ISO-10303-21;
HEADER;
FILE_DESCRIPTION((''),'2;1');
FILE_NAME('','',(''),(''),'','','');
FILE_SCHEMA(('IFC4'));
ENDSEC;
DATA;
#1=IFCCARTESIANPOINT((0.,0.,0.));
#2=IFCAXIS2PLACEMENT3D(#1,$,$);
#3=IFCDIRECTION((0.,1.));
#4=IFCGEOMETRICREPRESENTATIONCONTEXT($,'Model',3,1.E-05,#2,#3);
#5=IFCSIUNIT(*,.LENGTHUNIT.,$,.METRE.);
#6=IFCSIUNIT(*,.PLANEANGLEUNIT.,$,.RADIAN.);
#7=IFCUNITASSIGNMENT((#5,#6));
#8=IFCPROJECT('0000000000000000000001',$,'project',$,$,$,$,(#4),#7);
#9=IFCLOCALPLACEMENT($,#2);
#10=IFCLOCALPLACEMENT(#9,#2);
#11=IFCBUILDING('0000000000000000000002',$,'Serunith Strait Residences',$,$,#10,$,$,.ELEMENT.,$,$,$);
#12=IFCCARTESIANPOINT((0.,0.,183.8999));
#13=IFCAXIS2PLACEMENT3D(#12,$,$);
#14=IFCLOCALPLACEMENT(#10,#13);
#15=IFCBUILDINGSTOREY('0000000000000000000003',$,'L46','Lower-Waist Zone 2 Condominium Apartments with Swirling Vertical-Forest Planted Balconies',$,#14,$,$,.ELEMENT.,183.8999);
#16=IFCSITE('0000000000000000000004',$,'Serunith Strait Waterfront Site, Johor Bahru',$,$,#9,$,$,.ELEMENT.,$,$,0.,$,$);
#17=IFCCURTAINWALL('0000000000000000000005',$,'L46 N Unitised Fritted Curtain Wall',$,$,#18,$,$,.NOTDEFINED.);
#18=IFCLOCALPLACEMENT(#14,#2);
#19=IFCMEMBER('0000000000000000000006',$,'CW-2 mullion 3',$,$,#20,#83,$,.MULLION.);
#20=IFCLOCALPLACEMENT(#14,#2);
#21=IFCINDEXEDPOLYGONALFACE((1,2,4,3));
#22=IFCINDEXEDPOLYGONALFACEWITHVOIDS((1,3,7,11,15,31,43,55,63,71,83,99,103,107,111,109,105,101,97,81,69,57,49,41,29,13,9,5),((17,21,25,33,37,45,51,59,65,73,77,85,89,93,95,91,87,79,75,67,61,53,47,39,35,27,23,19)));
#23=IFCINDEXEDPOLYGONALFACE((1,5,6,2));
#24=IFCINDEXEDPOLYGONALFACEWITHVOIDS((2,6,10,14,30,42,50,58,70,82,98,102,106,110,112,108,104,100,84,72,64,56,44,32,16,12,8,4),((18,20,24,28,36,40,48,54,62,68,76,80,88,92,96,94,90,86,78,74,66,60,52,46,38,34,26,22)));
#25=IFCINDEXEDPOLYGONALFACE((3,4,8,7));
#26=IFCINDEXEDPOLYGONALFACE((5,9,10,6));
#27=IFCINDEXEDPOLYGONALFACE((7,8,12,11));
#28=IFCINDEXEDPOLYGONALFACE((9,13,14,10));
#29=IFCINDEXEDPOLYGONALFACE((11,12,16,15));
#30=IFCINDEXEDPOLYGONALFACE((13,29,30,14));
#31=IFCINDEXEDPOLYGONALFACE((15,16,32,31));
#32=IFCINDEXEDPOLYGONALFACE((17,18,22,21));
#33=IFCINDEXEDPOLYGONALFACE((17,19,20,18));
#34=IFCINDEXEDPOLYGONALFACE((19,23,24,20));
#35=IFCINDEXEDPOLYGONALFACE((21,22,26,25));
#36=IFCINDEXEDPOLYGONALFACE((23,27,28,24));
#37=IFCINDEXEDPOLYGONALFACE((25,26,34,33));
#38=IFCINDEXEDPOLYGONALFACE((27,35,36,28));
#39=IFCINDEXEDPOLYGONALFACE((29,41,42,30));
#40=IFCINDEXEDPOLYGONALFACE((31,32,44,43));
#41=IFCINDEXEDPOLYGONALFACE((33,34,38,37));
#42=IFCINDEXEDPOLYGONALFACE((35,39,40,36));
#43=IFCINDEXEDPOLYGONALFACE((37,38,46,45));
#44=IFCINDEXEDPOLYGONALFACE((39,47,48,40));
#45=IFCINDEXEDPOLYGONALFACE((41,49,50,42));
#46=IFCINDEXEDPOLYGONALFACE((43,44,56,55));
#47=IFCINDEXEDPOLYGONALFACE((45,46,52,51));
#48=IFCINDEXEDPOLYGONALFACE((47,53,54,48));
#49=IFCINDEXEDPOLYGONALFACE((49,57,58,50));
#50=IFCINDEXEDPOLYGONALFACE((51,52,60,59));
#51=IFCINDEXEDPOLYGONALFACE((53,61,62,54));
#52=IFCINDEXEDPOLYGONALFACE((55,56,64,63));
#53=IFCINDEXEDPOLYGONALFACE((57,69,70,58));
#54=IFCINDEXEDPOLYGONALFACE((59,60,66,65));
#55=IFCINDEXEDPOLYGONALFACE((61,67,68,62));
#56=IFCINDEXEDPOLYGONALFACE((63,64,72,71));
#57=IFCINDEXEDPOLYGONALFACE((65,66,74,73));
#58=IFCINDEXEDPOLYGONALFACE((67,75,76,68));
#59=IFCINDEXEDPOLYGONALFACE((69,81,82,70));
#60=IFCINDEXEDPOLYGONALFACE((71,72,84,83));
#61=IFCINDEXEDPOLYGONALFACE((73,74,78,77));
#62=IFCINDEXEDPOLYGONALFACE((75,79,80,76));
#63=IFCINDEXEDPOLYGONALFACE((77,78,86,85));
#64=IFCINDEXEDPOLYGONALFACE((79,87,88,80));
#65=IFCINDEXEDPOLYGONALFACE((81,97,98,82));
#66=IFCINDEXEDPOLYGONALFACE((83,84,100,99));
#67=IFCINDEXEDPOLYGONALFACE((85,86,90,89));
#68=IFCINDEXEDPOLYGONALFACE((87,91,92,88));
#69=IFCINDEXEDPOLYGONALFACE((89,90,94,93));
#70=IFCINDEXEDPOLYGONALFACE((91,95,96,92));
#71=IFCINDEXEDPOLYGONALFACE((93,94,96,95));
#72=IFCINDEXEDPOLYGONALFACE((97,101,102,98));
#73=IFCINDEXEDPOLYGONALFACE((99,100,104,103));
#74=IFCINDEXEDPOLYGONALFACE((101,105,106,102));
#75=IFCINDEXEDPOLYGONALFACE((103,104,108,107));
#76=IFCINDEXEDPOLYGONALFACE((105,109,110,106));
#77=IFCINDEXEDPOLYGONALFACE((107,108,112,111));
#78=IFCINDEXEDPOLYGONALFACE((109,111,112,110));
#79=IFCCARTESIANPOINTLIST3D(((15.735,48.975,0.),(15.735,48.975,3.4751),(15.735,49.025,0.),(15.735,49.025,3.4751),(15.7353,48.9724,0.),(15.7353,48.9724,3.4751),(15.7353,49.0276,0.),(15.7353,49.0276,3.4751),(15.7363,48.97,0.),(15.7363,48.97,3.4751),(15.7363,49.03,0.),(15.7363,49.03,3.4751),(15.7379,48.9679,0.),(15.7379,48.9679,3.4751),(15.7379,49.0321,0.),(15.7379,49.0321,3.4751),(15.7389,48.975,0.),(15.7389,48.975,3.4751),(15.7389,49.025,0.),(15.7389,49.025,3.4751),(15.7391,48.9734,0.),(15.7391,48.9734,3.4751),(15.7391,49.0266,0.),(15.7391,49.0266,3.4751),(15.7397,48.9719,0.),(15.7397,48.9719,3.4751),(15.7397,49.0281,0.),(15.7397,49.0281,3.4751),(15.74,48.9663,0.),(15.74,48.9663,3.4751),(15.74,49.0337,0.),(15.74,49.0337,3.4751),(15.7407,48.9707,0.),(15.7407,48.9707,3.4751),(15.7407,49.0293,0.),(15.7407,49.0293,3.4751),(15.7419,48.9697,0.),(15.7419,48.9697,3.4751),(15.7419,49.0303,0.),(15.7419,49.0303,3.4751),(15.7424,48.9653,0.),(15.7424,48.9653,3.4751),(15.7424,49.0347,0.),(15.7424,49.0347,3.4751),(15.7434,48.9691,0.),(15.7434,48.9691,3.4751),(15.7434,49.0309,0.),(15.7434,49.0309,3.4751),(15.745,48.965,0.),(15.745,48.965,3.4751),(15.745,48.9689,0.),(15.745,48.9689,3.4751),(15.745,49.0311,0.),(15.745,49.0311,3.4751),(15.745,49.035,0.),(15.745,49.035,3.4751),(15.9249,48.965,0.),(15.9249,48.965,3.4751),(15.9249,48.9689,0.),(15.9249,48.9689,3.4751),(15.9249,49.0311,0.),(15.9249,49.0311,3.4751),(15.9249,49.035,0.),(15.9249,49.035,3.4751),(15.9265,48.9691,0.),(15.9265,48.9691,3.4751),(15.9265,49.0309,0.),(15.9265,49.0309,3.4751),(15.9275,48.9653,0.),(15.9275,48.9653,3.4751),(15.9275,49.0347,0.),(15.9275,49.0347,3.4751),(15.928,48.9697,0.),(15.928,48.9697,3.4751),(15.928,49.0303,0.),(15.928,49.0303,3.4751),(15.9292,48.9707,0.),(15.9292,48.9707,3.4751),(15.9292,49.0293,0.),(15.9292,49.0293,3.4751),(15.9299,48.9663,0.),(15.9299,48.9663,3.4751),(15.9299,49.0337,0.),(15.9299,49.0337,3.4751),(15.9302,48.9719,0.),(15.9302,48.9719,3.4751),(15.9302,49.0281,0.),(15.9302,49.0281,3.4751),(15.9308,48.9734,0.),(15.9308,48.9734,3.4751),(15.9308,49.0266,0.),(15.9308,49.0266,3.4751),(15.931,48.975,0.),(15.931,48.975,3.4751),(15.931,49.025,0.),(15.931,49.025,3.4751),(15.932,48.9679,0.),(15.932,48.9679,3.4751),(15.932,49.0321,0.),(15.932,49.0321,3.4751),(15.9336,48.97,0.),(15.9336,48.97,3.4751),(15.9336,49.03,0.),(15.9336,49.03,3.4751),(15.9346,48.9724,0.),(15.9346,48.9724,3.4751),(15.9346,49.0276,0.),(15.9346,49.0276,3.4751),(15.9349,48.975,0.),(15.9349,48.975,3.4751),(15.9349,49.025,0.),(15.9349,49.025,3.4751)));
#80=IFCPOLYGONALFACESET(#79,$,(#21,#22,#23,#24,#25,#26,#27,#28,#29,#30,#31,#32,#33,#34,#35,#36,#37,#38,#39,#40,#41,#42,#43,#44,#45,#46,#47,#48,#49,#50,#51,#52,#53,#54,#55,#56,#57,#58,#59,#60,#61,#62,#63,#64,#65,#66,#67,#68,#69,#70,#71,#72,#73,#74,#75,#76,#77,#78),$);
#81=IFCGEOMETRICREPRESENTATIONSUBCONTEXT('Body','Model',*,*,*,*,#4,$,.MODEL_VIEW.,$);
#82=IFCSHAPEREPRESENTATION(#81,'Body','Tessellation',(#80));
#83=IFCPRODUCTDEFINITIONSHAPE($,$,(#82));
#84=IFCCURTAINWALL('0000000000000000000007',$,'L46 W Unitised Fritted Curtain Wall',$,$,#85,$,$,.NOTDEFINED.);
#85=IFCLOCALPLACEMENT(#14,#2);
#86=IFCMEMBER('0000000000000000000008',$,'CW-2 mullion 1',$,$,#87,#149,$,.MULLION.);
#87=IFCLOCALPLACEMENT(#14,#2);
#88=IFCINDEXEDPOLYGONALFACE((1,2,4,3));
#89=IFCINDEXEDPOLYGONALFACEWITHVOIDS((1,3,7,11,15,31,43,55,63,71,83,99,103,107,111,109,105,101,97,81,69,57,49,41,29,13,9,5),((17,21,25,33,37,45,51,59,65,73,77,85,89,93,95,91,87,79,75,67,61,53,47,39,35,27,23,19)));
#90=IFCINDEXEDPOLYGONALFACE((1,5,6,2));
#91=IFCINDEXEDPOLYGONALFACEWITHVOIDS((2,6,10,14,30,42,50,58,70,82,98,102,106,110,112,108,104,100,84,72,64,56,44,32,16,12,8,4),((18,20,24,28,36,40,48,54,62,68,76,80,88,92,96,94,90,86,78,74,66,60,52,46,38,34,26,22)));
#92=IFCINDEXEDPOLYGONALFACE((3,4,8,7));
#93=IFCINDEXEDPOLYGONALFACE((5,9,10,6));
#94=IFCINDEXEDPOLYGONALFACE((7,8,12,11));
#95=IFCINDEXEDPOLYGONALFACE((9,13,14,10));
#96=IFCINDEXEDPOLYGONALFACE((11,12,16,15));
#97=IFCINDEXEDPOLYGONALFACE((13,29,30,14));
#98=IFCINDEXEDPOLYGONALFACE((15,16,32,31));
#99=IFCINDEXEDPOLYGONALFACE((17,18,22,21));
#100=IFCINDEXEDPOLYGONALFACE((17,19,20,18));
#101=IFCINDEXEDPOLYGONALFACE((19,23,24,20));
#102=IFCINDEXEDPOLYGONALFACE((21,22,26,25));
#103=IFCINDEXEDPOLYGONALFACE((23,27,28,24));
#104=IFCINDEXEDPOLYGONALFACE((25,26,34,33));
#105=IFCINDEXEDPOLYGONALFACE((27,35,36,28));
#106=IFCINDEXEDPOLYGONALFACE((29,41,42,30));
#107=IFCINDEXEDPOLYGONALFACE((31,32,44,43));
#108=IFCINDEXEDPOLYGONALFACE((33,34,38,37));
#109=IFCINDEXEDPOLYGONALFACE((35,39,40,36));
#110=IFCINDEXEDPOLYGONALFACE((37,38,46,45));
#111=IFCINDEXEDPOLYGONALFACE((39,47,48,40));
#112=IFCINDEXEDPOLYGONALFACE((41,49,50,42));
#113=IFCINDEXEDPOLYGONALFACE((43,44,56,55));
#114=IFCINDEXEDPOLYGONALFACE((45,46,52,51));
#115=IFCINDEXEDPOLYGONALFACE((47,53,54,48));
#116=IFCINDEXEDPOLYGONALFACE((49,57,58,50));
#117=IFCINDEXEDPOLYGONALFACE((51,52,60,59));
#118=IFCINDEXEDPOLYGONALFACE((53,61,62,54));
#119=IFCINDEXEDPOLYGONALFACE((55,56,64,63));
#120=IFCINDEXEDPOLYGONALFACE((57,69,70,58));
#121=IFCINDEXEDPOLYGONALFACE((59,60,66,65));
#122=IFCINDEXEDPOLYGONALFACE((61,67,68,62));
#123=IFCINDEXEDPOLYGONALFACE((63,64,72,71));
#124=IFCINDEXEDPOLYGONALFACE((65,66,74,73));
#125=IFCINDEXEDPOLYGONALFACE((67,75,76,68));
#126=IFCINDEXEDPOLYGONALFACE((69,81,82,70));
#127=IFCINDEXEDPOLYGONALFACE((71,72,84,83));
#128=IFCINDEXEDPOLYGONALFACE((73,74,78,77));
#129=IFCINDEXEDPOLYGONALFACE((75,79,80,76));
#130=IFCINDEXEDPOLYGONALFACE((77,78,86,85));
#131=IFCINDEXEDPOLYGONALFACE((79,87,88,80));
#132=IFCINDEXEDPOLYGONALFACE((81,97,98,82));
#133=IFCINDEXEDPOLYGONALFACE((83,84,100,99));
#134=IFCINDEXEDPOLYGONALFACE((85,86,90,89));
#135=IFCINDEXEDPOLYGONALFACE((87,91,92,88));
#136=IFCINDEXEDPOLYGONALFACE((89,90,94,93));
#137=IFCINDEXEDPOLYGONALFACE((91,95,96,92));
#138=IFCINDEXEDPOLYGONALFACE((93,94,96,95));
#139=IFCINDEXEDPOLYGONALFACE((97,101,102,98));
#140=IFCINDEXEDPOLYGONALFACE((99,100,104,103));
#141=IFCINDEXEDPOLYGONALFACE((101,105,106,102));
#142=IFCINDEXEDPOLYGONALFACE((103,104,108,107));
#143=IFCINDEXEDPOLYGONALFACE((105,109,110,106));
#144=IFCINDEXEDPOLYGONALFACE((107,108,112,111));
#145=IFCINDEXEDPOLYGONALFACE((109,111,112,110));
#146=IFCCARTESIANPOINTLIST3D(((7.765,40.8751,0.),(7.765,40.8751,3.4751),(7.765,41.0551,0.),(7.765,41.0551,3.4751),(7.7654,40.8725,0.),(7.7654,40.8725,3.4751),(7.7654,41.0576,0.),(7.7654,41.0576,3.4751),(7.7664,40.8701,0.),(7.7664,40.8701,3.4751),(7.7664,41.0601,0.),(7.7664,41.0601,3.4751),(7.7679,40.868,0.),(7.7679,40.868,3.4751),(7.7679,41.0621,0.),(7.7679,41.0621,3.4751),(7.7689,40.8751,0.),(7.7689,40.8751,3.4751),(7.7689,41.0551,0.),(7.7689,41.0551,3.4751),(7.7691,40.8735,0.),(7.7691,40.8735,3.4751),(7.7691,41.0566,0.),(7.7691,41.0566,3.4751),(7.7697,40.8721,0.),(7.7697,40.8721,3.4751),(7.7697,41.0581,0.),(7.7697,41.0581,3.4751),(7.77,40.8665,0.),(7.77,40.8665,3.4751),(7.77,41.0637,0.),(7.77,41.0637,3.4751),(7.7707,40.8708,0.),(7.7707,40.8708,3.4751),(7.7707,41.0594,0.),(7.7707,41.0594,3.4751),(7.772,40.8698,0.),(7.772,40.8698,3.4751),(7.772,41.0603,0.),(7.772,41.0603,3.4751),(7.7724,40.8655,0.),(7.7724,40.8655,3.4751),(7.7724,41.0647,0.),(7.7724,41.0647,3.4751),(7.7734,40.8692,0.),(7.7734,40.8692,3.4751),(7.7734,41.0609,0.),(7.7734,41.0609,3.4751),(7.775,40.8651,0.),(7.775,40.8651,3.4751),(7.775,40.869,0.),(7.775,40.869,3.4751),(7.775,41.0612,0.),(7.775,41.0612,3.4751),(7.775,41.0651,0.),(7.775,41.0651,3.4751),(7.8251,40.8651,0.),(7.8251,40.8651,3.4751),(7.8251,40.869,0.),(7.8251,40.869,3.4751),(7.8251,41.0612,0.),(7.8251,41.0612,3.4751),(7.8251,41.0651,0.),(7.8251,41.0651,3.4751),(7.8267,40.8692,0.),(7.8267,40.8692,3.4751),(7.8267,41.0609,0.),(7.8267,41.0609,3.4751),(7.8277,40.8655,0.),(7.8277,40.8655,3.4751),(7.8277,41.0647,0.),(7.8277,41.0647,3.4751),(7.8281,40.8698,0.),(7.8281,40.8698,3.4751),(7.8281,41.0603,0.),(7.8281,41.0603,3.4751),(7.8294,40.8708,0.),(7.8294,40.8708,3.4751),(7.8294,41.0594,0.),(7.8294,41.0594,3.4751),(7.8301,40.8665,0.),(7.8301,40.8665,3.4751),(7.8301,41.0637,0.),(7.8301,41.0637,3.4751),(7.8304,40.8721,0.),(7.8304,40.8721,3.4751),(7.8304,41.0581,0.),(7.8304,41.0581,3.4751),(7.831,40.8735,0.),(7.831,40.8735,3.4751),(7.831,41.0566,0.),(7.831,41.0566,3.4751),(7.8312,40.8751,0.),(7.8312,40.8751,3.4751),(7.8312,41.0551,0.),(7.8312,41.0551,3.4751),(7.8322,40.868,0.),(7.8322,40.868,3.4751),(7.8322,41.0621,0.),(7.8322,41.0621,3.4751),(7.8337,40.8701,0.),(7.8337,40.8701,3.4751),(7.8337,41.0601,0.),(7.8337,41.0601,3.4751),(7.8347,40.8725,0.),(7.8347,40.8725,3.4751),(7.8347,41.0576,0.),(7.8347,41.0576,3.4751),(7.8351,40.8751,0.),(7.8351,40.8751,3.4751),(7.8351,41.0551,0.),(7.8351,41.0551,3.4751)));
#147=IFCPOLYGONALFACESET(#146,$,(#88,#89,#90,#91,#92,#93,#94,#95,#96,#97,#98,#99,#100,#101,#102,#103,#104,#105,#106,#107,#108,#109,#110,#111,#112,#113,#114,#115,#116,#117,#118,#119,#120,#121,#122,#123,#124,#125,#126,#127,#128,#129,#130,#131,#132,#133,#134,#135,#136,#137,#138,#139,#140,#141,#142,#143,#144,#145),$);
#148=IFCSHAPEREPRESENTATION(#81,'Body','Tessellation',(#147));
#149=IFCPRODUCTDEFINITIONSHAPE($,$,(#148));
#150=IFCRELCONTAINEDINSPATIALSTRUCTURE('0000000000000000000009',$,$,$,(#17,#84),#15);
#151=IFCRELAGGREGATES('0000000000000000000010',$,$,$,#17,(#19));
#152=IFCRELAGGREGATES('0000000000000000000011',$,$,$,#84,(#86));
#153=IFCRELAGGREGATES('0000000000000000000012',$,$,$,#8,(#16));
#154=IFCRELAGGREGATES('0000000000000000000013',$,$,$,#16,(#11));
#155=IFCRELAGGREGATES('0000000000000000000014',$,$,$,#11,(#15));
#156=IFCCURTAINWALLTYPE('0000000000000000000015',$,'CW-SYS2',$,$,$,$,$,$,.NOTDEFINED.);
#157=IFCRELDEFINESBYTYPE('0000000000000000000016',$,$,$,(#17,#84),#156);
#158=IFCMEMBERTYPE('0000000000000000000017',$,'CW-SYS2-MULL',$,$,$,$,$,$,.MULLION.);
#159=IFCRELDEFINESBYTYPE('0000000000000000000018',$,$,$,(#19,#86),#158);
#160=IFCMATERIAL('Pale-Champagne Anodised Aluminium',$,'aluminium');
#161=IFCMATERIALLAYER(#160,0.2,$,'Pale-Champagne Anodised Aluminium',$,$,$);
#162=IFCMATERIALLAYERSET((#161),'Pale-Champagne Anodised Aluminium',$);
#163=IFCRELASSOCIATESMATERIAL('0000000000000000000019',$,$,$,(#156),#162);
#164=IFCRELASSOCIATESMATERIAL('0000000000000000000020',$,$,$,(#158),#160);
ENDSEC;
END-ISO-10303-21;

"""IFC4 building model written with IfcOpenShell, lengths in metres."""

from ifc_helpers import new_model, si_unit, direction, frame, origin, origin_2d, place, context, subcontext, project, spatial, hollow_rectangle, extrude, source, transform, mapped, material, layer, layer_set, material_profile, profile_set, type_object, element, aggregate, save


model = new_model("IFC4")

# Units and contexts
model_context = context("Model", 3, precision=1e-05, world=origin(), true_north=direction((0.0, 1.0)))
body_context = subcontext(model_context, "Body", "Model", "MODEL_VIEW")
ifc_project = project(units=[si_unit("LENGTHUNIT", "METRE"), si_unit("PLANEANGLEUNIT", "RADIAN")], contexts=[model_context])

# Site, building, storey
site_placement = place(None, origin())
site = spatial("IfcSite", under=ifc_project, at=site_placement, Name="Serunith Strait Waterfront Site, Johor Bahru", CompositionType="ELEMENT", RefElevation=0.0)
building_placement = place(site_placement, origin())
building = spatial("IfcBuilding", under=site, at=building_placement, Name="Serunith Strait Residences", CompositionType="ELEMENT")
storey_placement = place(building_placement, frame((0.0, 0.0, 183.8999)))
storey = spatial("IfcBuildingStorey", under=building, at=storey_placement, Name="L46", Description="Lower-Waist Zone 2 Condominium Apartments with Swirling Vertical-Forest Planted Balconies", CompositionType="ELEMENT", Elevation=183.8999)

# Curtain wall, member
ifc_material_1 = material(Name="Pale-Champagne Anodised Aluminium", Category="aluminium")
ifc_layer_1 = layer(ifc_material_1, 0.2, Name="Pale-Champagne Anodised Aluminium")
ifc_layer_set_1 = layer_set([ifc_layer_1], Name="Pale-Champagne Anodised Aluminium")
curtain_wall_type = type_object("IfcCurtainWallType", Name="CW-SYS2", PredefinedType="NOTDEFINED", material=ifc_layer_set_1)
curtain_wall_1_placement = place(storey_placement, origin())
curtain_wall_1 = element("IfcCurtainWall", 1, at=curtain_wall_1_placement, inside=storey, type_object=curtain_wall_type, Name="L46 N Unitised Fritted Curtain Wall", PredefinedType="NOTDEFINED")
ifc_material_profile_1 = material_profile(ifc_material_1, hollow_rectangle(XDim=0.0701, YDim=0.2, WallThickness=0.0039, InnerFilletRadius=0.0061, OuterFilletRadius=0.01, at=origin_2d()), Name="ALU 200x70x4")
ifc_profile_set_1 = profile_set([ifc_material_profile_1], Name="Pale-Champagne Anodised Aluminium")
member_type_1 = type_object("IfcMemberType", Name="CW-SYS2-MULL", PredefinedType="MULLION", material=ifc_profile_set_1)
shared_shape_1 = source(origin(), body_context, "Body", "SweptSolid", [
    extrude(hollow_rectangle(XDim=0.0701, YDim=0.2, WallThickness=0.0039, InnerFilletRadius=0.0061, OuterFilletRadius=0.01, at=origin_2d()), origin(), (0.0, 0.0, 1.0), 3.4751),
])
member_1_placement = place(storey_placement, frame((15.835, 49.0, 0.0), z_axis=(0.0, 0.0, 1.0), x_axis=(0.0, -1.0, 0.0)))
member_1 = element("IfcMember", 2, at=member_1_placement, type_object=member_type_1, Name="CW-2 mullion 3", PredefinedType="MULLION", context=body_context, shape_type="MappedRepresentation", body=[
    mapped(shared_shape_1, transform((0.0, 0.0, 0.0), scale=1.0)),
])
aggregate(curtain_wall_1, [member_1])

# Curtain wall, member
curtain_wall_2_placement = place(storey_placement, origin())
curtain_wall_2 = element("IfcCurtainWall", 3, at=curtain_wall_2_placement, inside=storey, type_object=curtain_wall_type, Name="L46 W Unitised Fritted Curtain Wall", PredefinedType="NOTDEFINED")
member_2_placement = place(storey_placement, frame((7.8, 40.9651, 0.0), z_axis=(0.0, 0.0, 1.0), x_axis=(1.0, 0.0, 0.0)))
member_2 = element("IfcMember", 4, at=member_2_placement, type_object=member_type_1, Name="CW-2 mullion 1", PredefinedType="MULLION", context=body_context, shape_type="MappedRepresentation", body=[
    mapped(shared_shape_1, transform((0.0, 0.0, 0.0), scale=1.0)),
])
aggregate(curtain_wall_2, [member_2])

save(model, "model.ifc")
